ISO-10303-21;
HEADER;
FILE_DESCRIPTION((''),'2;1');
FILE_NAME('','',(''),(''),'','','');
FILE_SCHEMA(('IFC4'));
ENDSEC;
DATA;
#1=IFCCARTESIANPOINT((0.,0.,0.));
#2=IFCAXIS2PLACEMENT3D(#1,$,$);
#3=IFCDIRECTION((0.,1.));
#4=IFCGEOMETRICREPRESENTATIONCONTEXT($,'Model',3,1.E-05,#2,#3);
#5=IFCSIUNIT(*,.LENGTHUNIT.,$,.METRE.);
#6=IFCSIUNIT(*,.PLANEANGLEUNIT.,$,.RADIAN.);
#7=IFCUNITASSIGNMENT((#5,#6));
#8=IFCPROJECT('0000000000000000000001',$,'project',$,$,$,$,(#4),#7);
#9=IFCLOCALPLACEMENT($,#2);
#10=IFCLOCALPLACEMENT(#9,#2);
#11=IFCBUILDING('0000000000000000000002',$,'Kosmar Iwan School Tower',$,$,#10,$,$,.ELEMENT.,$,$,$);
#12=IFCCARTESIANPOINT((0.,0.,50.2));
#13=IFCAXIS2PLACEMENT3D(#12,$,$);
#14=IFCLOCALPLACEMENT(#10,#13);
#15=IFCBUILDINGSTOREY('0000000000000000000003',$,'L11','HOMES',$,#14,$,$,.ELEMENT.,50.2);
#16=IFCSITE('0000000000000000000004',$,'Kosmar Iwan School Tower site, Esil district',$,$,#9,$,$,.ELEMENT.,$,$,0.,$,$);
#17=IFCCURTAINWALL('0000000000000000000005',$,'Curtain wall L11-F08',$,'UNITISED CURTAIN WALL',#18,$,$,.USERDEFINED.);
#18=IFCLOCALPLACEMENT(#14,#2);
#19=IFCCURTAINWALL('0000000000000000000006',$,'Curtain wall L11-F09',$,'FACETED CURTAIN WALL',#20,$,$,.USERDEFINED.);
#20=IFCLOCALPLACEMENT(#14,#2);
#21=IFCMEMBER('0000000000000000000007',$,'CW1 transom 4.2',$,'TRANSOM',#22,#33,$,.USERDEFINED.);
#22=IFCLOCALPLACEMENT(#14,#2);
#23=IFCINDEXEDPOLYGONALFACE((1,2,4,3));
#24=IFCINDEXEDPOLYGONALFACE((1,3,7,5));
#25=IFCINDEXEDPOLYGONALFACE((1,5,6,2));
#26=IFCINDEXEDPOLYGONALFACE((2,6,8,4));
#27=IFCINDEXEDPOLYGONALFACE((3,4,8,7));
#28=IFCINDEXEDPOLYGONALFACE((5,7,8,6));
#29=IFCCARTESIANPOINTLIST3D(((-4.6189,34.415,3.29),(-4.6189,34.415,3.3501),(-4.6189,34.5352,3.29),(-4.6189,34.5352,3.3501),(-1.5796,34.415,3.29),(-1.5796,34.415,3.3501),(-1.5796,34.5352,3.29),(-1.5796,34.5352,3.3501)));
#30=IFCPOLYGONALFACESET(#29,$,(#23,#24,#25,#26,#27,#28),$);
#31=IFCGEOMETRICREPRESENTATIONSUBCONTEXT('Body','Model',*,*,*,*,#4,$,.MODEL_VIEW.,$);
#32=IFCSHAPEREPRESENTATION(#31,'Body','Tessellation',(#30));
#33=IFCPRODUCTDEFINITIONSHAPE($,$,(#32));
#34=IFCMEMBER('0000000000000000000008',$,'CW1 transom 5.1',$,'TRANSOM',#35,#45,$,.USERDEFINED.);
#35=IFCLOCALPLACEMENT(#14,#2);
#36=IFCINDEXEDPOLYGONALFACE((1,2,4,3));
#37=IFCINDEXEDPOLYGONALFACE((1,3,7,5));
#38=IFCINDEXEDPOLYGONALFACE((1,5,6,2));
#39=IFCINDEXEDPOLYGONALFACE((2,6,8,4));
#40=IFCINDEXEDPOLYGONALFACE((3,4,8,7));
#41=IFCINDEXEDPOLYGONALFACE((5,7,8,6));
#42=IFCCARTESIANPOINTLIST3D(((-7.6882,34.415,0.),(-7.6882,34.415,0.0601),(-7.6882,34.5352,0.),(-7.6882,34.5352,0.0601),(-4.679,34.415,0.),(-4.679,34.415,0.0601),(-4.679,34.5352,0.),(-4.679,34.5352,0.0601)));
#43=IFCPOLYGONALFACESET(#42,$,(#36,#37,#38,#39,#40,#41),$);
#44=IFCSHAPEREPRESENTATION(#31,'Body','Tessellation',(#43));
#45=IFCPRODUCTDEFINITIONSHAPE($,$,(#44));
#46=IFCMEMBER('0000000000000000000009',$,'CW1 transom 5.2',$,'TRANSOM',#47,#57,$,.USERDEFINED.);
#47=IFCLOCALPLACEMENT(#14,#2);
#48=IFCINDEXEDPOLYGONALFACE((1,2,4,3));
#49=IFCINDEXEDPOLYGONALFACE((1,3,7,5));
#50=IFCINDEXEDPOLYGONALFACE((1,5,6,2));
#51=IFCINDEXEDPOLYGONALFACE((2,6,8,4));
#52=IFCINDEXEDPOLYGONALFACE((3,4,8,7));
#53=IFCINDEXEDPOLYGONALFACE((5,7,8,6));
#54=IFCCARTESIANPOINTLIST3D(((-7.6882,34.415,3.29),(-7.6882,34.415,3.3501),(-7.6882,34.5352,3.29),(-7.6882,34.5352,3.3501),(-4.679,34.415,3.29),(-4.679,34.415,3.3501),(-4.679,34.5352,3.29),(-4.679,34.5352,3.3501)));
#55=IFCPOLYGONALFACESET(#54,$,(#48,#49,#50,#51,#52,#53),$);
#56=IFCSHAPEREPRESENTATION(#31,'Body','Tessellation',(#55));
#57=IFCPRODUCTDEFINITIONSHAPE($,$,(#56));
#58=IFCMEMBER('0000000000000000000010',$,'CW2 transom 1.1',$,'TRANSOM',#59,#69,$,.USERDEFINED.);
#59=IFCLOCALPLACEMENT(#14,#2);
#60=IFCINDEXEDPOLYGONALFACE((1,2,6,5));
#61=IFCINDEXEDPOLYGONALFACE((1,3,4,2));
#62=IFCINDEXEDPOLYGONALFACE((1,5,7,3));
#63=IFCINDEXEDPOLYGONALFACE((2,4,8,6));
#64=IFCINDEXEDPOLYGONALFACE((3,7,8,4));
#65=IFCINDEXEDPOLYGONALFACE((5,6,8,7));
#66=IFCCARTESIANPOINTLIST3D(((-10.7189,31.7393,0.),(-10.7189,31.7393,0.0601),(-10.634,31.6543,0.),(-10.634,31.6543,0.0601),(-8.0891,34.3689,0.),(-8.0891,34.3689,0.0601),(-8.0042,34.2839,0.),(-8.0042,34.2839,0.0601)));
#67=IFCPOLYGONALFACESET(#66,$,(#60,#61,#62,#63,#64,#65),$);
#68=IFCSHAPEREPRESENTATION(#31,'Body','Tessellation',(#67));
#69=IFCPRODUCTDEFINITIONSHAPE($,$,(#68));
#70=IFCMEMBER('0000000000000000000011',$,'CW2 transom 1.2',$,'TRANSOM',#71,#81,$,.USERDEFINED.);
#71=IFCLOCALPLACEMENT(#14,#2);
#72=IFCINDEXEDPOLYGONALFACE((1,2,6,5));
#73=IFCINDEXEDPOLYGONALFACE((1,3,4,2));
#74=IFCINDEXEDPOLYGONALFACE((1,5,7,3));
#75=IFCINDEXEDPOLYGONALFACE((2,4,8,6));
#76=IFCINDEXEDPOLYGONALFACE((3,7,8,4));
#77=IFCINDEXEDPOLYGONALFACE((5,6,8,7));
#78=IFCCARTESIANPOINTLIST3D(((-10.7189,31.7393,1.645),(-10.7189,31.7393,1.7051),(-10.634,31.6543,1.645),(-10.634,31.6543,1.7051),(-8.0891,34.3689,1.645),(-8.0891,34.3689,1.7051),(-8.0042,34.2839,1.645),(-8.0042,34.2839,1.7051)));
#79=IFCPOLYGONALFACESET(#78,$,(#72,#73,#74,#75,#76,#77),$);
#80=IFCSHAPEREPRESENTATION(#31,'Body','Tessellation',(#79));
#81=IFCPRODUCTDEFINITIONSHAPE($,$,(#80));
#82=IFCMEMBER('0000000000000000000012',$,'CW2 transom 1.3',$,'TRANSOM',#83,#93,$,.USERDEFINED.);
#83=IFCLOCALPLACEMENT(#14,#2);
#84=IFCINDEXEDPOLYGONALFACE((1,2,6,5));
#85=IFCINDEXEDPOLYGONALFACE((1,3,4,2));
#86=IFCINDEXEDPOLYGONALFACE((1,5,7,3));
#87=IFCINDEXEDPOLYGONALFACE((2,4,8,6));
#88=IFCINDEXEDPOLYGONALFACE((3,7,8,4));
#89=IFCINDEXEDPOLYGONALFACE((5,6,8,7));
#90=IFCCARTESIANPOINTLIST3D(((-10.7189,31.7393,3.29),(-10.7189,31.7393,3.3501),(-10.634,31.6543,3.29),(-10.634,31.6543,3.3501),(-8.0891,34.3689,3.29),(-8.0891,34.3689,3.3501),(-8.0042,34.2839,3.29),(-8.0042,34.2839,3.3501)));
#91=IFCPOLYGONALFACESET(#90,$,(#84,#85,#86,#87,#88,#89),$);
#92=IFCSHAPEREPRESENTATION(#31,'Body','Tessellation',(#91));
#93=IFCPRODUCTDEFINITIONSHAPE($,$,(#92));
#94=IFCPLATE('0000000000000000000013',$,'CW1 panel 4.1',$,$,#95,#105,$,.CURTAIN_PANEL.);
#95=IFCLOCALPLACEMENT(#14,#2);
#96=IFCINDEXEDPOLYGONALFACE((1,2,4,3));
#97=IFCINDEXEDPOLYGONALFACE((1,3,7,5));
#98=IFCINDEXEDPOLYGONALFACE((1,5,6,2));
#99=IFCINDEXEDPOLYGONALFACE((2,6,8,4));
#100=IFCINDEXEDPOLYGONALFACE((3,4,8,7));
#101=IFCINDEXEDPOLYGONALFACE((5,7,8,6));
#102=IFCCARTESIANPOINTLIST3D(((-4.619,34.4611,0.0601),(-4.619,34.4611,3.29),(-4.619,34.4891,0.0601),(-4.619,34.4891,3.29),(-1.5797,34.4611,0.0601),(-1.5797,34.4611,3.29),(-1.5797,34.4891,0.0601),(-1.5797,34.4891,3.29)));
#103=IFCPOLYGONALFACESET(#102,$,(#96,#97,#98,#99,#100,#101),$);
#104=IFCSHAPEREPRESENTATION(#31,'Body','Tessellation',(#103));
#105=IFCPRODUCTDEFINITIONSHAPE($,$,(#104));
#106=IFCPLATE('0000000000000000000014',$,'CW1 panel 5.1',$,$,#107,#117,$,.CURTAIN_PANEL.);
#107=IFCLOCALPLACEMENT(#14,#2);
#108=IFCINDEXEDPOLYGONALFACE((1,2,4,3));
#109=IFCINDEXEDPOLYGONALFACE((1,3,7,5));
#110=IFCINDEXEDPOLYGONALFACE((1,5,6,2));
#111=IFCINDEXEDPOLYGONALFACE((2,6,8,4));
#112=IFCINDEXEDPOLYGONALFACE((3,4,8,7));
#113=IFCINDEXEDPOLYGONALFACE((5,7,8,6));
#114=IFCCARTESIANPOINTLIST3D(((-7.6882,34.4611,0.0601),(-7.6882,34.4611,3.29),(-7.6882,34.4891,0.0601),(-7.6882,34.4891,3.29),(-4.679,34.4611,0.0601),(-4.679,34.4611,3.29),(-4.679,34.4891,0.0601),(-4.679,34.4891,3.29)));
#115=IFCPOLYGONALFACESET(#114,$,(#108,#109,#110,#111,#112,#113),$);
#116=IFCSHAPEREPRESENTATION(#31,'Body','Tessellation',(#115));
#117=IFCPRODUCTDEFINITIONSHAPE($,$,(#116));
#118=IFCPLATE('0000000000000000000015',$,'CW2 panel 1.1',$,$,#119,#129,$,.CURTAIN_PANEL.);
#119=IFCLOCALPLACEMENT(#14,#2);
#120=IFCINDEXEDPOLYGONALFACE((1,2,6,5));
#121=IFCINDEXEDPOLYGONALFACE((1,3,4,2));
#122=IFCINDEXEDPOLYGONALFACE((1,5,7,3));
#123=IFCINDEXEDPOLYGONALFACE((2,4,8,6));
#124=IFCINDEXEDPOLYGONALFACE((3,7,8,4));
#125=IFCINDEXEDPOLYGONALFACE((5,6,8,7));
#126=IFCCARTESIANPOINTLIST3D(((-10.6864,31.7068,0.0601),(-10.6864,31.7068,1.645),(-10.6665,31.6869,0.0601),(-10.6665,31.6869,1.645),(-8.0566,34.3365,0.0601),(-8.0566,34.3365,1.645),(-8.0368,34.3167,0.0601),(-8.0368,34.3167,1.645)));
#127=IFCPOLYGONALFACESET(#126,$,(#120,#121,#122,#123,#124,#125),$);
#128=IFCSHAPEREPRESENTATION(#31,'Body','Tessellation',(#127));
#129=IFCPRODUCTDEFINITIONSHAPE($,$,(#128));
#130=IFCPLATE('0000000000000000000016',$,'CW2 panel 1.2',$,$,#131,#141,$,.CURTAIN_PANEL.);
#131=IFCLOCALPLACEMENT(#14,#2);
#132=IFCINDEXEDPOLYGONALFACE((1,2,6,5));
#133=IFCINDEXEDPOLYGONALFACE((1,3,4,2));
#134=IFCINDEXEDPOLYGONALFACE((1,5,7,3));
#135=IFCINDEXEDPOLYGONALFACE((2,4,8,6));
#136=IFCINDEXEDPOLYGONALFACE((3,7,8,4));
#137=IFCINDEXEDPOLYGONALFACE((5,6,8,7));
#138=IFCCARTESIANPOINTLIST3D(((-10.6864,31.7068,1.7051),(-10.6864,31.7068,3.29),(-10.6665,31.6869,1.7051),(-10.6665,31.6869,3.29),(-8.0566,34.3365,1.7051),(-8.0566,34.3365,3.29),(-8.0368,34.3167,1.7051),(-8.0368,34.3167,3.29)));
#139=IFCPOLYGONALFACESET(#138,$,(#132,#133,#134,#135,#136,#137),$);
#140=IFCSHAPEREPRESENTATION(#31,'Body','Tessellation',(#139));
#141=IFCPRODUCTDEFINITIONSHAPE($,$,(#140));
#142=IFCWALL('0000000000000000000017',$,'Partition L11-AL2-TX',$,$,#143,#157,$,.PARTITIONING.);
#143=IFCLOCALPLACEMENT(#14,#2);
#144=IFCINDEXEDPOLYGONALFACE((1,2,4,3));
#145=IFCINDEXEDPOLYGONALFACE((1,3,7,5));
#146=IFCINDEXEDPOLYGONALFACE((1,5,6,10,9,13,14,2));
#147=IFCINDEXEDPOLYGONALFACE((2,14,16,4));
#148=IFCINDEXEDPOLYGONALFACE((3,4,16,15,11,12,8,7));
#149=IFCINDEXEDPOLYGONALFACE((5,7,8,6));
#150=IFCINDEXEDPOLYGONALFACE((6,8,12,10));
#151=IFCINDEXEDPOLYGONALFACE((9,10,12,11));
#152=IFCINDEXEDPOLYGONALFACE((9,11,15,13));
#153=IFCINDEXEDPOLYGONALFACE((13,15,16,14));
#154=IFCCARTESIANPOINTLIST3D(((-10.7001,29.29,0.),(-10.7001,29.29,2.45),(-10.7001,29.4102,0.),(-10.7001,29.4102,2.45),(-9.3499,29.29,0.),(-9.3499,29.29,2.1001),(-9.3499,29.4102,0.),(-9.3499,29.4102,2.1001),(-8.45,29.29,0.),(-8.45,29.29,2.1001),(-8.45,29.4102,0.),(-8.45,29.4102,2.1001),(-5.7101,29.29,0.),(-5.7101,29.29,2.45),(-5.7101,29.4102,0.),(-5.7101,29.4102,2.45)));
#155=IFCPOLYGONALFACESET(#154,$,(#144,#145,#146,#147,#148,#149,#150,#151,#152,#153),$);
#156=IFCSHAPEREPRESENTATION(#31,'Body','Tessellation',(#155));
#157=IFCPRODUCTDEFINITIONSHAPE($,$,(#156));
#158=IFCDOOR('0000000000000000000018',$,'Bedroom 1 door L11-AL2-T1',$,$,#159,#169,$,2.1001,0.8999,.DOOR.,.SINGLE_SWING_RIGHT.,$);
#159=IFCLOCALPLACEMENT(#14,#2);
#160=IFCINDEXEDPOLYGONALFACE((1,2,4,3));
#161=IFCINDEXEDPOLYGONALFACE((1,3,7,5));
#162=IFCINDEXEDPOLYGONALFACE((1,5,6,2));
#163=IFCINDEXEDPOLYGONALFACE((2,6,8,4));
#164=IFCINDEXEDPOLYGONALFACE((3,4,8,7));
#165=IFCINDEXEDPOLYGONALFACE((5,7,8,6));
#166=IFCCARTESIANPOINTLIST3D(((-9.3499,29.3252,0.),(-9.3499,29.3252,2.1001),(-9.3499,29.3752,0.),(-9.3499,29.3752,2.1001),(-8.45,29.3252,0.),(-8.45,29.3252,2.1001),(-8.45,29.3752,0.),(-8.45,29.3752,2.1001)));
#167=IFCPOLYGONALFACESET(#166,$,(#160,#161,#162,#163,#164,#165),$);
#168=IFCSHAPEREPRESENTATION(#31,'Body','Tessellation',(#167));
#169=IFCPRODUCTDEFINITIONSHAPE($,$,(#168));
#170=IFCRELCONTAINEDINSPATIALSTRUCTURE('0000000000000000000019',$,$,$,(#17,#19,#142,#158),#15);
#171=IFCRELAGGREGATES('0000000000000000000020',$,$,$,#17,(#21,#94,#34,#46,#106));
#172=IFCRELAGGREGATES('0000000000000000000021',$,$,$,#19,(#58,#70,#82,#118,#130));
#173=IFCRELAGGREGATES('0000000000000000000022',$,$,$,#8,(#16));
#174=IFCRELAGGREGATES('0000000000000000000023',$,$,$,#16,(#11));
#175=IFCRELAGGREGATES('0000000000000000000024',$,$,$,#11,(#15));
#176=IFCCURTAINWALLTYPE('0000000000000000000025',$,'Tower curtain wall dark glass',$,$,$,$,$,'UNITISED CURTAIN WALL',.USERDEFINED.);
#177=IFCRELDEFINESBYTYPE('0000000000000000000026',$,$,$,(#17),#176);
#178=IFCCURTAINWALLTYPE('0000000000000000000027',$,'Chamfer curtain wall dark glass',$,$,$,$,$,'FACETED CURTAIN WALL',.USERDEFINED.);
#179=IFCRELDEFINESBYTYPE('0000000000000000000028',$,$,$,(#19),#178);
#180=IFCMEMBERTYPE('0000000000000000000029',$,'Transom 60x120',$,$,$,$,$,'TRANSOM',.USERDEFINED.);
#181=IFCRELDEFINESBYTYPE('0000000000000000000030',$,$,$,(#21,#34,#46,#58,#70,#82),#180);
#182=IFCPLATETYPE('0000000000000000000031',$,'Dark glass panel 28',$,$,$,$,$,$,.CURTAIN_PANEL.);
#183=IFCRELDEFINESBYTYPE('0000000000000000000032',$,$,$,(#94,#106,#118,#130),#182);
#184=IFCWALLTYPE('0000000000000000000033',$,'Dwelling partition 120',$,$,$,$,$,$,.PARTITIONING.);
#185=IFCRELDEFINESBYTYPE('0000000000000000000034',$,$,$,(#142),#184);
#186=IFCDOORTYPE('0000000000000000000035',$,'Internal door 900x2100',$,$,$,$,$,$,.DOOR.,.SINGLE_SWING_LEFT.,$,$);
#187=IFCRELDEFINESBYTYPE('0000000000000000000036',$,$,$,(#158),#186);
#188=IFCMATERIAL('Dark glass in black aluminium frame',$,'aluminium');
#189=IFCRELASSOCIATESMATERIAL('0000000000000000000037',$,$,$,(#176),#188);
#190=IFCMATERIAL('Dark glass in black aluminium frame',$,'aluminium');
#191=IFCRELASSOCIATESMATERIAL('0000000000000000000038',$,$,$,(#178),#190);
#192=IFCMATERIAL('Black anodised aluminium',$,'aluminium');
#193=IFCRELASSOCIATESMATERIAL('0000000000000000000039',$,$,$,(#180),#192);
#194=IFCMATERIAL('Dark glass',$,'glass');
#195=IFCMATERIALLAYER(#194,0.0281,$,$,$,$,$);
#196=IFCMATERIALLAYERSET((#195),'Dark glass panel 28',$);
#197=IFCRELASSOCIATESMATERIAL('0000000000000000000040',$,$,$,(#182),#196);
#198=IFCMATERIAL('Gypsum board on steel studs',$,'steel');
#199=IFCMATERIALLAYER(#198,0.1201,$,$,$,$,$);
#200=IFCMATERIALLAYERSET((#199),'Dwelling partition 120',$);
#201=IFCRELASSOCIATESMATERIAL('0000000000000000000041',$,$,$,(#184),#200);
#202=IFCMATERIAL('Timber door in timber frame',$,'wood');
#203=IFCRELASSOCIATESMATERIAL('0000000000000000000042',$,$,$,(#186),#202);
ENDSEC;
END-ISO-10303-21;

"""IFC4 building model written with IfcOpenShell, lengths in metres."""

from ifc_helpers import new_model, si_unit, direction, frame, frame_2d, origin, origin_2d, place, context, subcontext, project, spatial, rectangle, extrude, material, layer, layer_set, material_profile, profile_set, type_object, element, fill, aggregate, save


model = new_model("IFC4")

# Units and contexts
model_context = context("Model", 3, precision=1e-05, world=origin(), true_north=direction((0.0, 1.0)))
body_context = subcontext(model_context, "Body", "Model", "MODEL_VIEW")
ifc_project = project(units=[si_unit("LENGTHUNIT", "METRE"), si_unit("PLANEANGLEUNIT", "RADIAN")], contexts=[model_context])

# Site, building, storey
site_placement = place(None, origin())
site = spatial("IfcSite", under=ifc_project, at=site_placement, Name="Kosmar Iwan School Tower site, Esil district", CompositionType="ELEMENT", RefElevation=0.0)
building_placement = place(site_placement, origin())
building = spatial("IfcBuilding", under=site, at=building_placement, Name="Kosmar Iwan School Tower", CompositionType="ELEMENT")
storey_placement = place(building_placement, frame((0.0, 0.0, 50.2)))
storey = spatial("IfcBuildingStorey", under=building, at=storey_placement, Name="L11", Description="HOMES", CompositionType="ELEMENT", Elevation=50.2)

# Curtain walls
ifc_material_1 = material(Name="Dark glass in black aluminium frame", Category="aluminium")
curtain_wall_type_1 = type_object("IfcCurtainWallType", Name="Tower curtain wall dark glass", ElementType="UNITISED CURTAIN WALL", PredefinedType="USERDEFINED", material=ifc_material_1)
curtain_wall_1_placement = place(storey_placement, origin())
curtain_wall_1 = element("IfcCurtainWall", 1, at=curtain_wall_1_placement, inside=storey, type_object=curtain_wall_type_1, Name="Curtain wall L11-F08", ObjectType="UNITISED CURTAIN WALL", PredefinedType="USERDEFINED")
ifc_material_2 = material(Name="Dark glass in black aluminium frame", Category="aluminium")
curtain_wall_type_2 = type_object("IfcCurtainWallType", Name="Chamfer curtain wall dark glass", ElementType="FACETED CURTAIN WALL", PredefinedType="USERDEFINED", material=ifc_material_2)
curtain_wall_2_placement = place(storey_placement, origin())
curtain_wall_2 = element("IfcCurtainWall", 2, at=curtain_wall_2_placement, inside=storey, type_object=curtain_wall_type_2, Name="Curtain wall L11-F09", ObjectType="FACETED CURTAIN WALL", PredefinedType="USERDEFINED")

# Members
ifc_material_3 = material(Name="Black anodised aluminium", Category="aluminium")
ifc_material_profile_1 = material_profile(ifc_material_3, rectangle(XDim=0.1201, YDim=0.0601, at=origin_2d()), Name="TRANSOM 60x120")
ifc_profile_set_1 = profile_set([ifc_material_profile_1], Name="Black anodised aluminium")
member_type_1 = type_object("IfcMemberType", Name="Transom 60x120", ElementType="TRANSOM", PredefinedType="USERDEFINED", material=ifc_profile_set_1)
member_1_placement = place(storey_placement, frame((-1.5796, 34.4751, 3.3201), z_axis=(-1.0, 0.0, 0.0), x_axis=(0.0, -1.0, 0.0)))
member_1 = element("IfcMember", 3, at=member_1_placement, type_object=member_type_1, Name="CW1 transom 4.2", ObjectType="TRANSOM", PredefinedType="USERDEFINED", context=body_context, shape_type="SweptSolid", body=[
    extrude(rectangle(XDim=0.1201, YDim=0.0601, at=origin_2d()), origin(), (0.0, 0.0, 1.0), 3.0393),
])
member_2_placement = place(storey_placement, frame((-4.679, 34.4751, 0.03), z_axis=(-1.0, 0.0, 0.0), x_axis=(0.0, -1.0, 0.0)))
member_2 = element("IfcMember", 4, at=member_2_placement, type_object=member_type_1, Name="CW1 transom 5.1", ObjectType="TRANSOM", PredefinedType="USERDEFINED", context=body_context, shape_type="SweptSolid", body=[
    extrude(rectangle(XDim=0.1201, YDim=0.0601, at=origin_2d()), origin(), (0.0, 0.0, 1.0), 3.0093),
])
member_3_placement = place(storey_placement, frame((-4.679, 34.4751, 3.3201), z_axis=(-1.0, 0.0, 0.0), x_axis=(0.0, -1.0, 0.0)))
member_3 = element("IfcMember", 5, at=member_3_placement, type_object=member_type_1, Name="CW1 transom 5.2", ObjectType="TRANSOM", PredefinedType="USERDEFINED", context=body_context, shape_type="SweptSolid", body=[
    extrude(rectangle(XDim=0.1201, YDim=0.0601, at=origin_2d()), origin(), (0.0, 0.0, 1.0), 3.0093),
])
member_4_placement = place(storey_placement, frame((-8.0466, 34.3264, 0.03), z_axis=(-0.70714, -0.707074, 0.0), x_axis=(0.707074, -0.70714, 0.0)))
member_4 = element("IfcMember", 6, at=member_4_placement, type_object=member_type_1, Name="CW2 transom 1.1", ObjectType="TRANSOM", PredefinedType="USERDEFINED", context=body_context, shape_type="SweptSolid", body=[
    extrude(rectangle(XDim=0.1201, YDim=0.0601, at=origin_2d()), origin(), (0.0, 0.0, 1.0), 3.719),
])
member_5_placement = place(storey_placement, frame((-8.0466, 34.3264, 1.675), z_axis=(-0.70714, -0.707074, 0.0), x_axis=(0.707074, -0.70714, 0.0)))
member_5 = element("IfcMember", 7, at=member_5_placement, type_object=member_type_1, Name="CW2 transom 1.2", ObjectType="TRANSOM", PredefinedType="USERDEFINED", context=body_context, shape_type="SweptSolid", body=[
    extrude(rectangle(XDim=0.1201, YDim=0.0601, at=origin_2d()), origin(), (0.0, 0.0, 1.0), 3.719),
])
member_6_placement = place(storey_placement, frame((-8.0466, 34.3264, 3.3201), z_axis=(-0.70714, -0.707074, 0.0), x_axis=(0.707074, -0.70714, 0.0)))
member_6 = element("IfcMember", 8, at=member_6_placement, type_object=member_type_1, Name="CW2 transom 1.3", ObjectType="TRANSOM", PredefinedType="USERDEFINED", context=body_context, shape_type="SweptSolid", body=[
    extrude(rectangle(XDim=0.1201, YDim=0.0601, at=origin_2d()), origin(), (0.0, 0.0, 1.0), 3.719),
])

# Plates
ifc_material_4 = material(Name="Dark glass", Category="glass")
ifc_layer_1 = layer(ifc_material_4, 0.0281)
ifc_layer_set_1 = layer_set([ifc_layer_1], Name="Dark glass panel 28")
plate_type = type_object("IfcPlateType", Name="Dark glass panel 28", PredefinedType="CURTAIN_PANEL", material=ifc_layer_set_1)
plate_1_placement = place(storey_placement, frame((-3.0994, 34.4751, 0.0601), z_axis=(0.0, 0.0, 1.0), x_axis=(-1.0, 0.0, 0.0)))
plate_1 = element("IfcPlate", 9, at=plate_1_placement, type_object=plate_type, Name="CW1 panel 4.1", PredefinedType="CURTAIN_PANEL", context=body_context, shape_type="SweptSolid", body=[
    extrude(rectangle(XDim=3.0393, YDim=0.0281, at=origin_2d()), origin(), (0.0, 0.0, 1.0), 3.23),
])
plate_2_placement = place(storey_placement, frame((-6.1836, 34.4751, 0.0601), z_axis=(0.0, 0.0, 1.0), x_axis=(-1.0, 0.0, 0.0)))
plate_2 = element("IfcPlate", 10, at=plate_2_placement, type_object=plate_type, Name="CW1 panel 5.1", PredefinedType="CURTAIN_PANEL", context=body_context, shape_type="SweptSolid", body=[
    extrude(rectangle(XDim=3.0093, YDim=0.0281, at=origin_2d()), origin(), (0.0, 0.0, 1.0), 3.23),
])
aggregate(curtain_wall_1, [member_1, plate_1, member_2, member_3, plate_2])
plate_3_placement = place(storey_placement, frame((-9.3616, 33.0117, 0.0601), z_axis=(0.0, 0.0, 1.0), x_axis=(-0.707107, -0.707107, 0.0)))
plate_3 = element("IfcPlate", 11, at=plate_3_placement, type_object=plate_type, Name="CW2 panel 1.1", PredefinedType="CURTAIN_PANEL", context=body_context, shape_type="SweptSolid", body=[
    extrude(rectangle(XDim=3.719, YDim=0.0281, at=origin_2d()), origin(), (0.0, 0.0, 1.0), 1.585),
])
plate_4_placement = place(storey_placement, frame((-9.3616, 33.0117, 1.7051), z_axis=(0.0, 0.0, 1.0), x_axis=(-0.707107, -0.707107, 0.0)))
plate_4 = element("IfcPlate", 12, at=plate_4_placement, type_object=plate_type, Name="CW2 panel 1.2", PredefinedType="CURTAIN_PANEL", context=body_context, shape_type="SweptSolid", body=[
    extrude(rectangle(XDim=3.719, YDim=0.0281, at=origin_2d()), origin(), (0.0, 0.0, 1.0), 1.585),
])
aggregate(curtain_wall_2, [member_4, member_5, member_6, plate_3, plate_4])

# Wall, opening, door
ifc_material_5 = material(Name="Gypsum board on steel studs", Category="steel")
ifc_layer_2 = layer(ifc_material_5, 0.1201)
ifc_layer_set_2 = layer_set([ifc_layer_2], Name="Dwelling partition 120")
wall_type_1 = type_object("IfcWallType", Name="Dwelling partition 120", PredefinedType="PARTITIONING", material=ifc_layer_set_2)
wall_1_placement = place(storey_placement, frame((-5.71, 29.3501, 0.0), z_axis=(0.0, 0.0, 1.0), x_axis=(-1.0, 0.0, 0.0)))
wall_1 = element("IfcWall", 13, at=wall_1_placement, inside=storey, type_object=wall_type_1, Name="Partition L11-AL2-TX", PredefinedType="PARTITIONING", context=body_context, shape_type="SweptSolid", body=[
    extrude(rectangle(XDim=4.99, YDim=0.1201, at=frame_2d((2.4951, 0.0))), origin(), (0.0, 0.0, 1.0), 2.45),
])
opening_1_placement = place(wall_1_placement, frame((2.74, 0.0, 0.0)))
opening_1 = element("IfcOpeningElement", 14, at=opening_1_placement, cuts=wall_1, PredefinedType="OPENING", context=body_context, shape_type="SweptSolid", body=[
    extrude(rectangle(XDim=0.8999, YDim=2.1001, at=frame_2d((0.45, 1.05))), frame((0.0, 0.072, 0.0), z_axis=(0.0, -1.0, 0.0), x_axis=(1.0, 0.0, 0.0)), (0.0, 0.0, 1.0), 0.144),
])
ifc_material_6 = material(Name="Timber door in timber frame", Category="wood")
door_type_1 = type_object("IfcDoorType", Name="Internal door 900x2100", OperationType="SINGLE_SWING_LEFT", PredefinedType="DOOR", material=ifc_material_6)
door_1_placement = place(opening_1_placement, origin())
door_1 = element("IfcDoor", 15, at=door_1_placement, inside=storey, type_object=door_type_1, Name="Bedroom 1 door L11-AL2-T1", OperationType="SINGLE_SWING_RIGHT", OverallHeight=2.1001, OverallWidth=0.8999, PredefinedType="DOOR", context=body_context, shape_type="SweptSolid", body=[
    extrude(rectangle(XDim=0.8999, YDim=2.1001, at=frame_2d((0.45, 1.05))), frame((0.0, 0.0249, 0.0), z_axis=(0.0, -1.0, 0.0), x_axis=(1.0, 0.0, 0.0)), (0.0, 0.0, 1.0), 0.05),
])
fill(opening_1, door_1)

save(model, "model.ifc")
